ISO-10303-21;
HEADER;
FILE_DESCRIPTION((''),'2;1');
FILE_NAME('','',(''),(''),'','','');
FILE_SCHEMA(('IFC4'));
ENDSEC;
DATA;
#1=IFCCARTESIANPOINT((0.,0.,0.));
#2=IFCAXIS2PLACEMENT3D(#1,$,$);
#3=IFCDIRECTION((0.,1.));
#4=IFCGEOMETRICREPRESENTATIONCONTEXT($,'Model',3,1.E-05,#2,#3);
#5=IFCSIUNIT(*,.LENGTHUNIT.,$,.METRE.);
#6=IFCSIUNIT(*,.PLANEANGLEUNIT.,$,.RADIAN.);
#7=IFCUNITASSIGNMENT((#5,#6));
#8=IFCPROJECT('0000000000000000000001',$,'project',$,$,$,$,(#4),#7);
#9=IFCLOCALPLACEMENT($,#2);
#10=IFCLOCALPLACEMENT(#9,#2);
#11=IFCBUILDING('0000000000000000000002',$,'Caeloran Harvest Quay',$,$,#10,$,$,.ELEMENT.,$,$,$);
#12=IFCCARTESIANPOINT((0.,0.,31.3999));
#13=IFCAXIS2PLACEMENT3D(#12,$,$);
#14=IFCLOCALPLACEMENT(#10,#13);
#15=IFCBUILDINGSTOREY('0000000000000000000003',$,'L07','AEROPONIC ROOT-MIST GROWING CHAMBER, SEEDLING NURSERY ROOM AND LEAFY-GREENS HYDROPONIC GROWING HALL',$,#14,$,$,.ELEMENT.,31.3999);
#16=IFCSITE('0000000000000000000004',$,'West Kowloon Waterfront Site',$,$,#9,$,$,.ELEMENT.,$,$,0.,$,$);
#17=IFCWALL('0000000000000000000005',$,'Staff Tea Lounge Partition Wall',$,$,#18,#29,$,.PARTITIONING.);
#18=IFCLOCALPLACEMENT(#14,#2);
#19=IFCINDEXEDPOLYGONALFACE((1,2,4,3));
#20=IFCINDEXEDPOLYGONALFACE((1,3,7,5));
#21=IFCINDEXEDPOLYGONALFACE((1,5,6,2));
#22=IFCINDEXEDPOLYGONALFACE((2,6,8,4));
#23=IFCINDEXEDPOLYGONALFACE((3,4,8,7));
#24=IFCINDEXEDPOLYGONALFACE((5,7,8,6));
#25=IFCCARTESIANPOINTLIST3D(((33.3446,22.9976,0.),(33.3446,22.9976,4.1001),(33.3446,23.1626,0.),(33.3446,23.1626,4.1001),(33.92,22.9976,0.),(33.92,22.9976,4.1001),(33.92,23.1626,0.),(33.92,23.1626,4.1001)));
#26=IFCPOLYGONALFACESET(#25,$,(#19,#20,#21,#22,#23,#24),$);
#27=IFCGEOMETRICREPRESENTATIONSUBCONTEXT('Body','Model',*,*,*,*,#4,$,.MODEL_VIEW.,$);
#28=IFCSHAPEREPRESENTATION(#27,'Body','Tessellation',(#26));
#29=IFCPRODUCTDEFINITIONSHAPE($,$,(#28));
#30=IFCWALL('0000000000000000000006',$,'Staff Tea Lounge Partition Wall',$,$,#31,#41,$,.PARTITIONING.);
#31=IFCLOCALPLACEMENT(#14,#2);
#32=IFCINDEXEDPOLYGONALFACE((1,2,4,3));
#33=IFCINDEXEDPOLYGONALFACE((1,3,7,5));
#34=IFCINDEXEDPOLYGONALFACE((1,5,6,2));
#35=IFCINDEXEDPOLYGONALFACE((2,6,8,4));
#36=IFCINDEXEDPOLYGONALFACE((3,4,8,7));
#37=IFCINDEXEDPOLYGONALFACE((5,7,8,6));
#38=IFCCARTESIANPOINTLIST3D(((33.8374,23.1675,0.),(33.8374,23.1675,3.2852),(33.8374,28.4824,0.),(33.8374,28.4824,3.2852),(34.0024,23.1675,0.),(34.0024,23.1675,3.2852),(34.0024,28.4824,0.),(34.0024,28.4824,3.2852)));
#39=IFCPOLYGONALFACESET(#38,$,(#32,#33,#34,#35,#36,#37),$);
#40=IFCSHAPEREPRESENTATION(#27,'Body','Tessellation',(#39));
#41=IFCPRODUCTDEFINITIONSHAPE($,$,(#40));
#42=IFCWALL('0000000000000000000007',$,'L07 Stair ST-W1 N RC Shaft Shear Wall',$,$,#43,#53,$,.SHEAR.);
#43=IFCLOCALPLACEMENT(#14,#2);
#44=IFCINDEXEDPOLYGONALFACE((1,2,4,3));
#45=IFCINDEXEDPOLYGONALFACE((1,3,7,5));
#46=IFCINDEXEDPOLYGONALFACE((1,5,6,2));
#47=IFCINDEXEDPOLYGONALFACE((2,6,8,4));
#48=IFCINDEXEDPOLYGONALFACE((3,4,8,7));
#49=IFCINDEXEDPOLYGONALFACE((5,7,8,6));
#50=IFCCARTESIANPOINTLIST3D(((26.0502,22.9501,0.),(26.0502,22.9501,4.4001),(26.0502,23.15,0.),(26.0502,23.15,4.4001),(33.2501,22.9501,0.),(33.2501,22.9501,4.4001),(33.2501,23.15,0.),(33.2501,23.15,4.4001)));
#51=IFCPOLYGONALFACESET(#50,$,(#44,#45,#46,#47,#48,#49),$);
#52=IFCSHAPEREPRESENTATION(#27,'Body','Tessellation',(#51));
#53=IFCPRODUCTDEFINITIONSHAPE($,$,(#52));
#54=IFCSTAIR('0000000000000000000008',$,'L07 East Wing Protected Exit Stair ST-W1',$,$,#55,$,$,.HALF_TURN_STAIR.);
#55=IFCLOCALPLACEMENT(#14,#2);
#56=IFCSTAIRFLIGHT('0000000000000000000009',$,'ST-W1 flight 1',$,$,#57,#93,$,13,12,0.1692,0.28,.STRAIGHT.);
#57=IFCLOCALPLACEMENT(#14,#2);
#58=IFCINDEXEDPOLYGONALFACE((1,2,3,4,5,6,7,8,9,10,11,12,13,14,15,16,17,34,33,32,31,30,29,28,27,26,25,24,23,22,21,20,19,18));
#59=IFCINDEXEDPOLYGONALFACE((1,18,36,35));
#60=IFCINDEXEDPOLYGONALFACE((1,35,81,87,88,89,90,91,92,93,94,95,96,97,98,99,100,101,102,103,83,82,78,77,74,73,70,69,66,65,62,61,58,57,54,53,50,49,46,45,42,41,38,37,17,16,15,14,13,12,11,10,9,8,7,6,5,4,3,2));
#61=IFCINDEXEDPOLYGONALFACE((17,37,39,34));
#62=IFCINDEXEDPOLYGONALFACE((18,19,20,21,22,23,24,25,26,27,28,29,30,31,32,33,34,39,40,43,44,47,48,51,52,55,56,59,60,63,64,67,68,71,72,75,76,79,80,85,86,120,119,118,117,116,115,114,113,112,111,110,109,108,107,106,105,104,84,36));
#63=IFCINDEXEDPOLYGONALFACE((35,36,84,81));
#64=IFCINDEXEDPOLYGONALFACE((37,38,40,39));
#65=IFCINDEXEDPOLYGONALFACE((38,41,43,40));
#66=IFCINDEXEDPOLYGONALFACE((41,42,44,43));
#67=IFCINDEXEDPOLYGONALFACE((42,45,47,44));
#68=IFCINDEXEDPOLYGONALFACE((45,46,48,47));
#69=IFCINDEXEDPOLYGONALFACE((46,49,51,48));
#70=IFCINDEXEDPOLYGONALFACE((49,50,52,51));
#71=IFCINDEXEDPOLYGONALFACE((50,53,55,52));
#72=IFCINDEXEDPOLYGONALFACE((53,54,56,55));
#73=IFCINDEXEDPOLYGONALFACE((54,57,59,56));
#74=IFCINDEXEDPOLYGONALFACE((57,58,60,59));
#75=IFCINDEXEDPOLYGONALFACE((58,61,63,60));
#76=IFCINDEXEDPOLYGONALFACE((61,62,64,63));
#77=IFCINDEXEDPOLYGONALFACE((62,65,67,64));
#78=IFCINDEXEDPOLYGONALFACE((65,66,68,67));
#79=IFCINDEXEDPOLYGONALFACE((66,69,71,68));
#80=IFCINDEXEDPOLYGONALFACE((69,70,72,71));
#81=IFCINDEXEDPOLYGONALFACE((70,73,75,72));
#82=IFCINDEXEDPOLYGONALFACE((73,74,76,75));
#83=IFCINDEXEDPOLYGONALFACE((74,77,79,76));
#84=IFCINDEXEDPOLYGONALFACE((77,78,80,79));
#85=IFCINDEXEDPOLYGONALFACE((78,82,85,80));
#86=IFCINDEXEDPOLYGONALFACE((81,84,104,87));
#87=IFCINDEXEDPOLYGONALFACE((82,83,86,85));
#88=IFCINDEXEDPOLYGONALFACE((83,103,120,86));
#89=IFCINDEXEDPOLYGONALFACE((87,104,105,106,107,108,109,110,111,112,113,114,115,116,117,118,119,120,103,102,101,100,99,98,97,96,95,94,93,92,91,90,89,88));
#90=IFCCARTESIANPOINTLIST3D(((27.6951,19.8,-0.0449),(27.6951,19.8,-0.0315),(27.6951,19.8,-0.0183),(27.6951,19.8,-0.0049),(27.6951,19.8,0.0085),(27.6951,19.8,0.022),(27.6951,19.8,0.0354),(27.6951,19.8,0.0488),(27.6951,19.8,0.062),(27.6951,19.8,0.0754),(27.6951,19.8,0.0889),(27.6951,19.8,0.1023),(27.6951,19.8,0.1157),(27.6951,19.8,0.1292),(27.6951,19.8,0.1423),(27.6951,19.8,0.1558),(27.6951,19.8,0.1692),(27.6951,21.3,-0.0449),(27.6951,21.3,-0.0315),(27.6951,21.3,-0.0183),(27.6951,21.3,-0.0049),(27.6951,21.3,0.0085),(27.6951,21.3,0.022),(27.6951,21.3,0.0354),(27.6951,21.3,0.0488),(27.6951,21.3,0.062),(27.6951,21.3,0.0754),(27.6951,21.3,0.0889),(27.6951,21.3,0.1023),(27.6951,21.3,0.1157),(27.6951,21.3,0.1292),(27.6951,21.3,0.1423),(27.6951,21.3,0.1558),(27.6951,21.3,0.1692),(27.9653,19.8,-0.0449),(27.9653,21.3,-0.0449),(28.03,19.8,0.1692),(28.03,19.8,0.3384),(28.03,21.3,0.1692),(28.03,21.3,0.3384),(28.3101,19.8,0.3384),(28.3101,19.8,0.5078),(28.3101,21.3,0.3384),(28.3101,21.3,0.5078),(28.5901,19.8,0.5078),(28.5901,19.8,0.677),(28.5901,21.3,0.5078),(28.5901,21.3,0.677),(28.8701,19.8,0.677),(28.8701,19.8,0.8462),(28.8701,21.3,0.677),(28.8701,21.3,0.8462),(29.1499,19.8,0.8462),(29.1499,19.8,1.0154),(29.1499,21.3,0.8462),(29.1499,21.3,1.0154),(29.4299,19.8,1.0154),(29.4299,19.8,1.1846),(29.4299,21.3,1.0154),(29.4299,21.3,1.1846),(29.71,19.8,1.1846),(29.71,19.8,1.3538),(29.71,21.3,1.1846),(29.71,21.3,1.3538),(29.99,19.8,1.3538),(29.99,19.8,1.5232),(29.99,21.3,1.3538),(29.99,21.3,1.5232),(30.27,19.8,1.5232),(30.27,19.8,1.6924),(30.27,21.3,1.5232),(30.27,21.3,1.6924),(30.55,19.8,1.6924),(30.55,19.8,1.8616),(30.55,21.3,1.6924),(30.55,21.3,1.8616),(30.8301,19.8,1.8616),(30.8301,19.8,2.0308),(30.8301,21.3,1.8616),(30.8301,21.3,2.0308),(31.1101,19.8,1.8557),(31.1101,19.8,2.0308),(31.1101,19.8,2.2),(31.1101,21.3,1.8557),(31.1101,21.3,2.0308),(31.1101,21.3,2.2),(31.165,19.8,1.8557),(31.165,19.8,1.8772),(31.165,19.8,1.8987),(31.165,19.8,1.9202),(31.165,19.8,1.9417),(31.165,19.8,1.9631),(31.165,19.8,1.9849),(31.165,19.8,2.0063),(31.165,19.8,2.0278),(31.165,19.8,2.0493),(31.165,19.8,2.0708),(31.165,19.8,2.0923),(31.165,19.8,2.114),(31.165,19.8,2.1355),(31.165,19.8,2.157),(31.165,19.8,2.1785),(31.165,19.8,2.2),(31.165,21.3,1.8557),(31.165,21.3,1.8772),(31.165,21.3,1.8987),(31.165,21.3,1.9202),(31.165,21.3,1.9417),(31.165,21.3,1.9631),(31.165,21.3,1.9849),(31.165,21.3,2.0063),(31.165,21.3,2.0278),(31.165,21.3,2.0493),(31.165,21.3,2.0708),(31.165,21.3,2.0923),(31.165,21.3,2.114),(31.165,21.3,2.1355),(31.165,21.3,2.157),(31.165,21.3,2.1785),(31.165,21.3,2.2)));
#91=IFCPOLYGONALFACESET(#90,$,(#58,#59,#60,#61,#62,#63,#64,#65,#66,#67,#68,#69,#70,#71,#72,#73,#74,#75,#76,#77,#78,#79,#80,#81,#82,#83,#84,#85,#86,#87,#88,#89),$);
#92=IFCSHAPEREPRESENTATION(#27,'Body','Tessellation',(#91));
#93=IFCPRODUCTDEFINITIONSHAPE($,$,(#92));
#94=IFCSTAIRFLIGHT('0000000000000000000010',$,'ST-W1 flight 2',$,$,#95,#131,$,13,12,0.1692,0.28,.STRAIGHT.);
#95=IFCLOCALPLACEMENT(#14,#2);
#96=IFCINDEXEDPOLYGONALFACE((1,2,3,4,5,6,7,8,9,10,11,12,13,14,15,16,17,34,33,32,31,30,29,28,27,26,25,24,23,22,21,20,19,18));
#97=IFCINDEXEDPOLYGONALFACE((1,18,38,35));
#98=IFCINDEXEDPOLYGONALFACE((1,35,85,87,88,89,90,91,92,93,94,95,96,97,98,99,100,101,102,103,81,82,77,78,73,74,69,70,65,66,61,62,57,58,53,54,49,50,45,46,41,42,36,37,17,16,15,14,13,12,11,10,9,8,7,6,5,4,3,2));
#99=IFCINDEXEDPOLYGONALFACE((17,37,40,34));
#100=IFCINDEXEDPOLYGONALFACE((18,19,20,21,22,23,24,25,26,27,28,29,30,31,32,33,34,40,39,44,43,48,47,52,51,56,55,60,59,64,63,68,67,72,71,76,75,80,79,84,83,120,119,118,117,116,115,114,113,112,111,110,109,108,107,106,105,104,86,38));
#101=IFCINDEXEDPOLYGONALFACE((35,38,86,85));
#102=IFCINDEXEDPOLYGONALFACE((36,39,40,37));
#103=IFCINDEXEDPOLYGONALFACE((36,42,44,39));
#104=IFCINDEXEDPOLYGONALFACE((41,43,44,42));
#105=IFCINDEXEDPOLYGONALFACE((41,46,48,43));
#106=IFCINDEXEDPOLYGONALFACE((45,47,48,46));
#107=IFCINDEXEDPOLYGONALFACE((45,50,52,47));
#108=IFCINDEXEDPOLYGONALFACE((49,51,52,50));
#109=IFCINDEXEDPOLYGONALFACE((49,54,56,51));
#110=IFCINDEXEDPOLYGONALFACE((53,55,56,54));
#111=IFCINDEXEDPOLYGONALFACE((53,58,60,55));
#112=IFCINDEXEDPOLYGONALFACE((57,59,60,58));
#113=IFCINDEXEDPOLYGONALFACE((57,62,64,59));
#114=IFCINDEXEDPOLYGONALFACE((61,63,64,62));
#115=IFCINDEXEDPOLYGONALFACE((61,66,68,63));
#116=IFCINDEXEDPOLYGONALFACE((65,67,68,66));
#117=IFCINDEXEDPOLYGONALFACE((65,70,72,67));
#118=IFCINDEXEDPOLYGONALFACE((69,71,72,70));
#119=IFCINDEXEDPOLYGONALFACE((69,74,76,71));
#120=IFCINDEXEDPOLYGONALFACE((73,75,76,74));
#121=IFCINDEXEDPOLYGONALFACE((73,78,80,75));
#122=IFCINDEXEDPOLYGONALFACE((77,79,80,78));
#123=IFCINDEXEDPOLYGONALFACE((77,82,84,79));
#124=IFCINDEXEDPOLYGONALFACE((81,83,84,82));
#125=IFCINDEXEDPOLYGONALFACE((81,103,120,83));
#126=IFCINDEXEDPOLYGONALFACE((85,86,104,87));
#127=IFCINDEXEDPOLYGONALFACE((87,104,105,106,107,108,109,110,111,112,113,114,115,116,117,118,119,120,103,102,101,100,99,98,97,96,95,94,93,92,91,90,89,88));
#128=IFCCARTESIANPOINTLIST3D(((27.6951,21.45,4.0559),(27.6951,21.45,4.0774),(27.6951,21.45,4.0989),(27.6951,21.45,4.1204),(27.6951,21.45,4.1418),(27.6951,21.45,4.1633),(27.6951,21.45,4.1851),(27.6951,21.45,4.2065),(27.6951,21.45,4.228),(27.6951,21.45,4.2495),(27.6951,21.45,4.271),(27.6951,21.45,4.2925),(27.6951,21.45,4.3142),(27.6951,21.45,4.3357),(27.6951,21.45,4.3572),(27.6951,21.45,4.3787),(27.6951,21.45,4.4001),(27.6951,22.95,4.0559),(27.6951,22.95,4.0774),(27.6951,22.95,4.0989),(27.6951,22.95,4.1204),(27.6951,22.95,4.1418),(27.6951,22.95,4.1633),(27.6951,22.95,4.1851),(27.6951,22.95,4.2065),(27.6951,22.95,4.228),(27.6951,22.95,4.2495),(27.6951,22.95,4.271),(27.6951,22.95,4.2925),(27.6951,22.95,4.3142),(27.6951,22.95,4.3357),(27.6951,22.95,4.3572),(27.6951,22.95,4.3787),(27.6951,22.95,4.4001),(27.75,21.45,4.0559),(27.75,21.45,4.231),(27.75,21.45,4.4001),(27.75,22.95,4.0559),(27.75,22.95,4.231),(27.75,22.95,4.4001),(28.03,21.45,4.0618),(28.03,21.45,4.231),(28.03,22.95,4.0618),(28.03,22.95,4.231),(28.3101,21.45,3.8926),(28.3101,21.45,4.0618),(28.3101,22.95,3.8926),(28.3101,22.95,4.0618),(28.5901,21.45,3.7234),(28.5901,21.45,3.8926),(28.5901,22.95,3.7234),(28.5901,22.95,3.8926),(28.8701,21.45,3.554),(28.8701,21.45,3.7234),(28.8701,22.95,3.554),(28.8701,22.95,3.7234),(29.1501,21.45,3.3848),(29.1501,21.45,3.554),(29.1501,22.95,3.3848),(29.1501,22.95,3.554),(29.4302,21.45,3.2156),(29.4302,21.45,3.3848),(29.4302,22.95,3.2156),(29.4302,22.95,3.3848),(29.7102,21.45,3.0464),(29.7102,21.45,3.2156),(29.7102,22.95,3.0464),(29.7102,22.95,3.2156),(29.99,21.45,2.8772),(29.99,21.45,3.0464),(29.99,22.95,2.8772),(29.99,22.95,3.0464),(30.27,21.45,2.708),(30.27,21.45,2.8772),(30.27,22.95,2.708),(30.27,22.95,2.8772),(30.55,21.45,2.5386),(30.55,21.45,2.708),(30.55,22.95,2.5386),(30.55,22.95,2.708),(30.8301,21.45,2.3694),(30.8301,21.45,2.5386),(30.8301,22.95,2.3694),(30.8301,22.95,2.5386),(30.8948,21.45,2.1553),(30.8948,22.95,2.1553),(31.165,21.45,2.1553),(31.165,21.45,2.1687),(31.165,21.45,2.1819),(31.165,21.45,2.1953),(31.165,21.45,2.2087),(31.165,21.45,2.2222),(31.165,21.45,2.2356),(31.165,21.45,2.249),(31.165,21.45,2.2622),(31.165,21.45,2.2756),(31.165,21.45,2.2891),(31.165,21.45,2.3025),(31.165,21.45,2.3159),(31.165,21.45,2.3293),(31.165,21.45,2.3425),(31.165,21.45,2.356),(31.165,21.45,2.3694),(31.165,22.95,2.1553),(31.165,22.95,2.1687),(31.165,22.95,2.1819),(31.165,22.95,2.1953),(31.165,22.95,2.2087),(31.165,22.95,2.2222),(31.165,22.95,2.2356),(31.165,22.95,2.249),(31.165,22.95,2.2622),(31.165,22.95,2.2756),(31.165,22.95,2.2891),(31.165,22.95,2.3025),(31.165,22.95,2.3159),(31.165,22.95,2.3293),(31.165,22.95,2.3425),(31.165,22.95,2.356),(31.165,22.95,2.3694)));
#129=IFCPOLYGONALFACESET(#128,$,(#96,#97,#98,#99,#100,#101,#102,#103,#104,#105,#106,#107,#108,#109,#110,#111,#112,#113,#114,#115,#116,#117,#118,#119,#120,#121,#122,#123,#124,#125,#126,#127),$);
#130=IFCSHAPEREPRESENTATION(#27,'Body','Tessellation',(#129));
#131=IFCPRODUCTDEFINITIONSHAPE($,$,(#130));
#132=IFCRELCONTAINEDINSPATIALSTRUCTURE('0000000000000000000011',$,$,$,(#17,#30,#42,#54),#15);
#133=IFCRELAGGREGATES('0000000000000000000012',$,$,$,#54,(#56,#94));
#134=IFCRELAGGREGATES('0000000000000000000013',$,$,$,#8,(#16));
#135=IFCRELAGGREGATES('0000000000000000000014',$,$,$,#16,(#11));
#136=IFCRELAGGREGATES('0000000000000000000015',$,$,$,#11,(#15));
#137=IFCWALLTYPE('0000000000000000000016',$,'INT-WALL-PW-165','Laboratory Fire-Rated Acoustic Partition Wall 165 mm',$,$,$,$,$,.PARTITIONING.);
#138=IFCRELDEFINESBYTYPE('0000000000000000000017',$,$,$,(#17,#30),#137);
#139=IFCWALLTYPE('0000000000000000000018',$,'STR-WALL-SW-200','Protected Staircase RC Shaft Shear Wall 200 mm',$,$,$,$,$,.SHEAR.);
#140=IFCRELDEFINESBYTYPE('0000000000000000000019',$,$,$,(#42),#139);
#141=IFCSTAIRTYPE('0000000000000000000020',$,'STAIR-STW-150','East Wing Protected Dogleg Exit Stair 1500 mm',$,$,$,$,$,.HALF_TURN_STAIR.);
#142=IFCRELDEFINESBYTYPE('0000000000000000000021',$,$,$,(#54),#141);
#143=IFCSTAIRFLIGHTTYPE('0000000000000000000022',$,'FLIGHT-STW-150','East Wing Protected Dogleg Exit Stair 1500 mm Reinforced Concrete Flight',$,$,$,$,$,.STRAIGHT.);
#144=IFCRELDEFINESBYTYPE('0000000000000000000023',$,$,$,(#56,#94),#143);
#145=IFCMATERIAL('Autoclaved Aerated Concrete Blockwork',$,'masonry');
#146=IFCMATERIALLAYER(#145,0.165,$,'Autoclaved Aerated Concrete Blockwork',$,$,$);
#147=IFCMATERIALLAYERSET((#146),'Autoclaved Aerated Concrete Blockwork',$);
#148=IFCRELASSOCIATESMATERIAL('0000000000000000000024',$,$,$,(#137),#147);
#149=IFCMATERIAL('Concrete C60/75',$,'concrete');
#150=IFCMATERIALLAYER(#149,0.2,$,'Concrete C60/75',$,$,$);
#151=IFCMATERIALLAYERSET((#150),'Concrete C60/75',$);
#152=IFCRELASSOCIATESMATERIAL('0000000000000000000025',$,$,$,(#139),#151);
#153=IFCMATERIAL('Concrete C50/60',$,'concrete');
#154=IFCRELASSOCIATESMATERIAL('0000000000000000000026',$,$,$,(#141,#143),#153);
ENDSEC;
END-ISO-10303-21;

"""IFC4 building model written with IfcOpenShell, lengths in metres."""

from ifc_helpers import new_model, si_unit, direction, frame, frame_2d, origin, place, context, subcontext, project, spatial, polyline, rectangle, outline, extrude, material, layer, layer_set, type_object, element, aggregate, save


model = new_model("IFC4")

# Units and contexts
model_context = context("Model", 3, precision=1e-05, world=origin(), true_north=direction((0.0, 1.0)))
body_context = subcontext(model_context, "Body", "Model", "MODEL_VIEW")
ifc_project = project(units=[si_unit("LENGTHUNIT", "METRE"), si_unit("PLANEANGLEUNIT", "RADIAN")], contexts=[model_context])

# Site, building, storey
site_placement = place(None, origin())
site = spatial("IfcSite", under=ifc_project, at=site_placement, Name="West Kowloon Waterfront Site", CompositionType="ELEMENT", RefElevation=0.0)
building_placement = place(site_placement, origin())
building = spatial("IfcBuilding", under=site, at=building_placement, Name="Caeloran Harvest Quay", CompositionType="ELEMENT")
storey_placement = place(building_placement, frame((0.0, 0.0, 31.3999)))
storey = spatial("IfcBuildingStorey", under=building, at=storey_placement, Name="L07", Description="AEROPONIC ROOT-MIST GROWING CHAMBER, SEEDLING NURSERY ROOM AND LEAFY-GREENS HYDROPONIC GROWING HALL", CompositionType="ELEMENT", Elevation=31.3999)

# Walls
ifc_material_1 = material(Name="Autoclaved Aerated Concrete Blockwork", Category="masonry")
ifc_layer_1 = layer(ifc_material_1, 0.165, Name="Autoclaved Aerated Concrete Blockwork")
ifc_layer_set_1 = layer_set([ifc_layer_1], Name="Autoclaved Aerated Concrete Blockwork")
wall_type_1 = type_object("IfcWallType", Name="INT-WALL-PW-165", Description="Laboratory Fire-Rated Acoustic Partition Wall 165 mm", PredefinedType="PARTITIONING", material=ifc_layer_set_1)
wall_1_placement = place(storey_placement, frame((33.9199, 23.0801, 0.0), z_axis=(0.0, 0.0, 1.0), x_axis=(-1.0, 0.0, 0.0)))
element("IfcWall", 1, at=wall_1_placement, inside=storey, type_object=wall_type_1, Name="Staff Tea Lounge Partition Wall", PredefinedType="PARTITIONING", context=body_context, shape_type="SweptSolid", body=[
    extrude(rectangle(XDim=0.5754, YDim=0.165, at=frame_2d((0.2876, 0.0))), origin(), (0.0, 0.0, 1.0), 4.1001),
])
wall_2_placement = place(storey_placement, frame((33.9199, 28.4824, 0.0), z_axis=(0.0, 0.0, 1.0), x_axis=(0.0, -1.0, 0.0)))
element("IfcWall", 2, at=wall_2_placement, inside=storey, type_object=wall_type_1, Name="Staff Tea Lounge Partition Wall", PredefinedType="PARTITIONING", context=body_context, shape_type="SweptSolid", body=[
    extrude(rectangle(XDim=5.3149, YDim=0.165, at=frame_2d((2.6575, 0.0))), origin(), (0.0, 0.0, 1.0), 3.2852),
])
ifc_material_2 = material(Name="Concrete C60/75", Category="concrete")
ifc_layer_2 = layer(ifc_material_2, 0.2, Name="Concrete C60/75")
ifc_layer_set_2 = layer_set([ifc_layer_2], Name="Concrete C60/75")
wall_type_2 = type_object("IfcWallType", Name="STR-WALL-SW-200", Description="Protected Staircase RC Shaft Shear Wall 200 mm", PredefinedType="SHEAR", material=ifc_layer_set_2)
wall_3_placement = place(storey_placement, frame((26.05, 23.05, 0.0), z_axis=(0.0, 0.0, 1.0), x_axis=(1.0, 0.0, 0.0)))
element("IfcWall", 3, at=wall_3_placement, inside=storey, type_object=wall_type_2, Name="L07 Stair ST-W1 N RC Shaft Shear Wall", PredefinedType="SHEAR", context=body_context, shape_type="SweptSolid", body=[
    extrude(rectangle(XDim=7.2, YDim=0.2, at=frame_2d((3.6001, 0.0))), origin(), (0.0, 0.0, 1.0), 4.4001),
])

# Stair, stair flights
ifc_material_3 = material(Name="Concrete C50/60", Category="concrete")
stair_type = type_object("IfcStairType", Name="STAIR-STW-150", Description="East Wing Protected Dogleg Exit Stair 1500 mm", PredefinedType="HALF_TURN_STAIR", material=ifc_material_3)
stair_placement = place(storey_placement, origin())
stair = element("IfcStair", 4, at=stair_placement, inside=storey, type_object=stair_type, Name="L07 East Wing Protected Exit Stair ST-W1", PredefinedType="HALF_TURN_STAIR")
stair_flight_type = type_object("IfcStairFlightType", Name="FLIGHT-STW-150", Description="East Wing Protected Dogleg Exit Stair 1500 mm Reinforced Concrete Flight", PredefinedType="STRAIGHT", material=ifc_material_3)
stair_flight_1_placement = place(storey_placement, frame((27.75, 20.55, 0.0), z_axis=(0.0, 0.0, 1.0), x_axis=(1.0, 0.0, 0.0)))
stair_flight_1 = element("IfcStairFlight", 5, at=stair_flight_1_placement, type_object=stair_flight_type, Name="ST-W1 flight 1", NumberOfRisers=13, NumberOfTreads=12, PredefinedType="STRAIGHT", RiserHeight=0.1692, TreadLength=0.28, context=body_context, shape_type="SweptSolid", body=[
    extrude(outline(polyline([(-0.0549, -0.0449), (-0.0549, -0.0315), (-0.0549, -0.0183), (-0.0549, -0.0049), (-0.0549, 0.0085), (-0.0549, 0.022), (-0.0549, 0.0354), (-0.0549, 0.0488), (-0.0549, 0.062), (-0.0549, 0.0754), (-0.0549, 0.0889), (-0.0549, 0.1023), (-0.0549, 0.1157), (-0.0549, 0.1292), (-0.0549, 0.1423), (-0.0549, 0.1558), (-0.0549, 0.1692), (0.28, 0.1692), (0.28, 0.3384), (0.5601, 0.3384), (0.5601, 0.5078), (0.8401, 0.5078), (0.8401, 0.677), (1.1201, 0.677), (1.1201, 0.8462), (1.3999, 0.8462), (1.3999, 1.0154), (1.6799, 1.0154), (1.6799, 1.1846), (1.96, 1.1846), (1.96, 1.3538), (2.24, 1.3538), (2.24, 1.5232), (2.52, 1.5232), (2.52, 1.6924), (2.8, 1.6924), (2.8, 1.8616), (3.0801, 1.8616), (3.0801, 2.0308), (3.3601, 2.0308), (3.3601, 2.2), (3.415, 2.2), (3.415, 2.1785), (3.415, 2.157), (3.415, 2.1355), (3.415, 2.114), (3.415, 2.0923), (3.415, 2.0708), (3.415, 2.0493), (3.415, 2.0278), (3.415, 2.0063), (3.415, 1.9849), (3.415, 1.9631), (3.415, 1.9417), (3.415, 1.9202), (3.415, 1.8987), (3.415, 1.8772), (3.415, 1.8557), (3.3601, 1.8557), (0.2153, -0.0449), (-0.0549, -0.0449)])), frame((0.0, 0.75, 0.0), z_axis=(0.0, -1.0, 0.0), x_axis=(1.0, 0.0, 0.0)), (0.0, 0.0, 1.0), 1.5),
])
stair_flight_2_placement = place(storey_placement, frame((31.1101, 22.2, 2.2002), z_axis=(0.0, 0.0, 1.0), x_axis=(-1.0, 0.0, 0.0)))
stair_flight_2 = element("IfcStairFlight", 6, at=stair_flight_2_placement, type_object=stair_flight_type, Name="ST-W1 flight 2", NumberOfRisers=13, NumberOfTreads=12, PredefinedType="STRAIGHT", RiserHeight=0.1692, TreadLength=0.28, context=body_context, shape_type="SweptSolid", body=[
    extrude(outline(polyline([(-0.0549, -0.0449), (-0.0549, -0.0315), (-0.0549, -0.0183), (-0.0549, -0.0049), (-0.0549, 0.0085), (-0.0549, 0.022), (-0.0549, 0.0354), (-0.0549, 0.0488), (-0.0549, 0.062), (-0.0549, 0.0754), (-0.0549, 0.0889), (-0.0549, 0.1023), (-0.0549, 0.1157), (-0.0549, 0.1292), (-0.0549, 0.1423), (-0.0549, 0.1558), (-0.0549, 0.1692), (0.28, 0.1692), (0.28, 0.3384), (0.5601, 0.3384), (0.5601, 0.5078), (0.8401, 0.5078), (0.8401, 0.677), (1.1201, 0.677), (1.1201, 0.8462), (1.3999, 0.8462), (1.3999, 1.0154), (1.6799, 1.0154), (1.6799, 1.1846), (1.96, 1.1846), (1.96, 1.3538), (2.24, 1.3538), (2.24, 1.5232), (2.52, 1.5232), (2.52, 1.6924), (2.8, 1.6924), (2.8, 1.8616), (3.0801, 1.8616), (3.0801, 2.0308), (3.3601, 2.0308), (3.3601, 2.2), (3.415, 2.2), (3.415, 2.1785), (3.415, 2.157), (3.415, 2.1355), (3.415, 2.114), (3.415, 2.0923), (3.415, 2.0708), (3.415, 2.0493), (3.415, 2.0278), (3.415, 2.0063), (3.415, 1.9849), (3.415, 1.9631), (3.415, 1.9417), (3.415, 1.9202), (3.415, 1.8987), (3.415, 1.8772), (3.415, 1.8557), (3.3601, 1.8557), (0.2153, -0.0449), (-0.0549, -0.0449)])), frame((0.0, 0.75, 0.0), z_axis=(0.0, -1.0, 0.0), x_axis=(1.0, 0.0, 0.0)), (0.0, 0.0, 1.0), 1.5),
])
aggregate(stair, [stair_flight_1, stair_flight_2])

save(model, "model.ifc")
